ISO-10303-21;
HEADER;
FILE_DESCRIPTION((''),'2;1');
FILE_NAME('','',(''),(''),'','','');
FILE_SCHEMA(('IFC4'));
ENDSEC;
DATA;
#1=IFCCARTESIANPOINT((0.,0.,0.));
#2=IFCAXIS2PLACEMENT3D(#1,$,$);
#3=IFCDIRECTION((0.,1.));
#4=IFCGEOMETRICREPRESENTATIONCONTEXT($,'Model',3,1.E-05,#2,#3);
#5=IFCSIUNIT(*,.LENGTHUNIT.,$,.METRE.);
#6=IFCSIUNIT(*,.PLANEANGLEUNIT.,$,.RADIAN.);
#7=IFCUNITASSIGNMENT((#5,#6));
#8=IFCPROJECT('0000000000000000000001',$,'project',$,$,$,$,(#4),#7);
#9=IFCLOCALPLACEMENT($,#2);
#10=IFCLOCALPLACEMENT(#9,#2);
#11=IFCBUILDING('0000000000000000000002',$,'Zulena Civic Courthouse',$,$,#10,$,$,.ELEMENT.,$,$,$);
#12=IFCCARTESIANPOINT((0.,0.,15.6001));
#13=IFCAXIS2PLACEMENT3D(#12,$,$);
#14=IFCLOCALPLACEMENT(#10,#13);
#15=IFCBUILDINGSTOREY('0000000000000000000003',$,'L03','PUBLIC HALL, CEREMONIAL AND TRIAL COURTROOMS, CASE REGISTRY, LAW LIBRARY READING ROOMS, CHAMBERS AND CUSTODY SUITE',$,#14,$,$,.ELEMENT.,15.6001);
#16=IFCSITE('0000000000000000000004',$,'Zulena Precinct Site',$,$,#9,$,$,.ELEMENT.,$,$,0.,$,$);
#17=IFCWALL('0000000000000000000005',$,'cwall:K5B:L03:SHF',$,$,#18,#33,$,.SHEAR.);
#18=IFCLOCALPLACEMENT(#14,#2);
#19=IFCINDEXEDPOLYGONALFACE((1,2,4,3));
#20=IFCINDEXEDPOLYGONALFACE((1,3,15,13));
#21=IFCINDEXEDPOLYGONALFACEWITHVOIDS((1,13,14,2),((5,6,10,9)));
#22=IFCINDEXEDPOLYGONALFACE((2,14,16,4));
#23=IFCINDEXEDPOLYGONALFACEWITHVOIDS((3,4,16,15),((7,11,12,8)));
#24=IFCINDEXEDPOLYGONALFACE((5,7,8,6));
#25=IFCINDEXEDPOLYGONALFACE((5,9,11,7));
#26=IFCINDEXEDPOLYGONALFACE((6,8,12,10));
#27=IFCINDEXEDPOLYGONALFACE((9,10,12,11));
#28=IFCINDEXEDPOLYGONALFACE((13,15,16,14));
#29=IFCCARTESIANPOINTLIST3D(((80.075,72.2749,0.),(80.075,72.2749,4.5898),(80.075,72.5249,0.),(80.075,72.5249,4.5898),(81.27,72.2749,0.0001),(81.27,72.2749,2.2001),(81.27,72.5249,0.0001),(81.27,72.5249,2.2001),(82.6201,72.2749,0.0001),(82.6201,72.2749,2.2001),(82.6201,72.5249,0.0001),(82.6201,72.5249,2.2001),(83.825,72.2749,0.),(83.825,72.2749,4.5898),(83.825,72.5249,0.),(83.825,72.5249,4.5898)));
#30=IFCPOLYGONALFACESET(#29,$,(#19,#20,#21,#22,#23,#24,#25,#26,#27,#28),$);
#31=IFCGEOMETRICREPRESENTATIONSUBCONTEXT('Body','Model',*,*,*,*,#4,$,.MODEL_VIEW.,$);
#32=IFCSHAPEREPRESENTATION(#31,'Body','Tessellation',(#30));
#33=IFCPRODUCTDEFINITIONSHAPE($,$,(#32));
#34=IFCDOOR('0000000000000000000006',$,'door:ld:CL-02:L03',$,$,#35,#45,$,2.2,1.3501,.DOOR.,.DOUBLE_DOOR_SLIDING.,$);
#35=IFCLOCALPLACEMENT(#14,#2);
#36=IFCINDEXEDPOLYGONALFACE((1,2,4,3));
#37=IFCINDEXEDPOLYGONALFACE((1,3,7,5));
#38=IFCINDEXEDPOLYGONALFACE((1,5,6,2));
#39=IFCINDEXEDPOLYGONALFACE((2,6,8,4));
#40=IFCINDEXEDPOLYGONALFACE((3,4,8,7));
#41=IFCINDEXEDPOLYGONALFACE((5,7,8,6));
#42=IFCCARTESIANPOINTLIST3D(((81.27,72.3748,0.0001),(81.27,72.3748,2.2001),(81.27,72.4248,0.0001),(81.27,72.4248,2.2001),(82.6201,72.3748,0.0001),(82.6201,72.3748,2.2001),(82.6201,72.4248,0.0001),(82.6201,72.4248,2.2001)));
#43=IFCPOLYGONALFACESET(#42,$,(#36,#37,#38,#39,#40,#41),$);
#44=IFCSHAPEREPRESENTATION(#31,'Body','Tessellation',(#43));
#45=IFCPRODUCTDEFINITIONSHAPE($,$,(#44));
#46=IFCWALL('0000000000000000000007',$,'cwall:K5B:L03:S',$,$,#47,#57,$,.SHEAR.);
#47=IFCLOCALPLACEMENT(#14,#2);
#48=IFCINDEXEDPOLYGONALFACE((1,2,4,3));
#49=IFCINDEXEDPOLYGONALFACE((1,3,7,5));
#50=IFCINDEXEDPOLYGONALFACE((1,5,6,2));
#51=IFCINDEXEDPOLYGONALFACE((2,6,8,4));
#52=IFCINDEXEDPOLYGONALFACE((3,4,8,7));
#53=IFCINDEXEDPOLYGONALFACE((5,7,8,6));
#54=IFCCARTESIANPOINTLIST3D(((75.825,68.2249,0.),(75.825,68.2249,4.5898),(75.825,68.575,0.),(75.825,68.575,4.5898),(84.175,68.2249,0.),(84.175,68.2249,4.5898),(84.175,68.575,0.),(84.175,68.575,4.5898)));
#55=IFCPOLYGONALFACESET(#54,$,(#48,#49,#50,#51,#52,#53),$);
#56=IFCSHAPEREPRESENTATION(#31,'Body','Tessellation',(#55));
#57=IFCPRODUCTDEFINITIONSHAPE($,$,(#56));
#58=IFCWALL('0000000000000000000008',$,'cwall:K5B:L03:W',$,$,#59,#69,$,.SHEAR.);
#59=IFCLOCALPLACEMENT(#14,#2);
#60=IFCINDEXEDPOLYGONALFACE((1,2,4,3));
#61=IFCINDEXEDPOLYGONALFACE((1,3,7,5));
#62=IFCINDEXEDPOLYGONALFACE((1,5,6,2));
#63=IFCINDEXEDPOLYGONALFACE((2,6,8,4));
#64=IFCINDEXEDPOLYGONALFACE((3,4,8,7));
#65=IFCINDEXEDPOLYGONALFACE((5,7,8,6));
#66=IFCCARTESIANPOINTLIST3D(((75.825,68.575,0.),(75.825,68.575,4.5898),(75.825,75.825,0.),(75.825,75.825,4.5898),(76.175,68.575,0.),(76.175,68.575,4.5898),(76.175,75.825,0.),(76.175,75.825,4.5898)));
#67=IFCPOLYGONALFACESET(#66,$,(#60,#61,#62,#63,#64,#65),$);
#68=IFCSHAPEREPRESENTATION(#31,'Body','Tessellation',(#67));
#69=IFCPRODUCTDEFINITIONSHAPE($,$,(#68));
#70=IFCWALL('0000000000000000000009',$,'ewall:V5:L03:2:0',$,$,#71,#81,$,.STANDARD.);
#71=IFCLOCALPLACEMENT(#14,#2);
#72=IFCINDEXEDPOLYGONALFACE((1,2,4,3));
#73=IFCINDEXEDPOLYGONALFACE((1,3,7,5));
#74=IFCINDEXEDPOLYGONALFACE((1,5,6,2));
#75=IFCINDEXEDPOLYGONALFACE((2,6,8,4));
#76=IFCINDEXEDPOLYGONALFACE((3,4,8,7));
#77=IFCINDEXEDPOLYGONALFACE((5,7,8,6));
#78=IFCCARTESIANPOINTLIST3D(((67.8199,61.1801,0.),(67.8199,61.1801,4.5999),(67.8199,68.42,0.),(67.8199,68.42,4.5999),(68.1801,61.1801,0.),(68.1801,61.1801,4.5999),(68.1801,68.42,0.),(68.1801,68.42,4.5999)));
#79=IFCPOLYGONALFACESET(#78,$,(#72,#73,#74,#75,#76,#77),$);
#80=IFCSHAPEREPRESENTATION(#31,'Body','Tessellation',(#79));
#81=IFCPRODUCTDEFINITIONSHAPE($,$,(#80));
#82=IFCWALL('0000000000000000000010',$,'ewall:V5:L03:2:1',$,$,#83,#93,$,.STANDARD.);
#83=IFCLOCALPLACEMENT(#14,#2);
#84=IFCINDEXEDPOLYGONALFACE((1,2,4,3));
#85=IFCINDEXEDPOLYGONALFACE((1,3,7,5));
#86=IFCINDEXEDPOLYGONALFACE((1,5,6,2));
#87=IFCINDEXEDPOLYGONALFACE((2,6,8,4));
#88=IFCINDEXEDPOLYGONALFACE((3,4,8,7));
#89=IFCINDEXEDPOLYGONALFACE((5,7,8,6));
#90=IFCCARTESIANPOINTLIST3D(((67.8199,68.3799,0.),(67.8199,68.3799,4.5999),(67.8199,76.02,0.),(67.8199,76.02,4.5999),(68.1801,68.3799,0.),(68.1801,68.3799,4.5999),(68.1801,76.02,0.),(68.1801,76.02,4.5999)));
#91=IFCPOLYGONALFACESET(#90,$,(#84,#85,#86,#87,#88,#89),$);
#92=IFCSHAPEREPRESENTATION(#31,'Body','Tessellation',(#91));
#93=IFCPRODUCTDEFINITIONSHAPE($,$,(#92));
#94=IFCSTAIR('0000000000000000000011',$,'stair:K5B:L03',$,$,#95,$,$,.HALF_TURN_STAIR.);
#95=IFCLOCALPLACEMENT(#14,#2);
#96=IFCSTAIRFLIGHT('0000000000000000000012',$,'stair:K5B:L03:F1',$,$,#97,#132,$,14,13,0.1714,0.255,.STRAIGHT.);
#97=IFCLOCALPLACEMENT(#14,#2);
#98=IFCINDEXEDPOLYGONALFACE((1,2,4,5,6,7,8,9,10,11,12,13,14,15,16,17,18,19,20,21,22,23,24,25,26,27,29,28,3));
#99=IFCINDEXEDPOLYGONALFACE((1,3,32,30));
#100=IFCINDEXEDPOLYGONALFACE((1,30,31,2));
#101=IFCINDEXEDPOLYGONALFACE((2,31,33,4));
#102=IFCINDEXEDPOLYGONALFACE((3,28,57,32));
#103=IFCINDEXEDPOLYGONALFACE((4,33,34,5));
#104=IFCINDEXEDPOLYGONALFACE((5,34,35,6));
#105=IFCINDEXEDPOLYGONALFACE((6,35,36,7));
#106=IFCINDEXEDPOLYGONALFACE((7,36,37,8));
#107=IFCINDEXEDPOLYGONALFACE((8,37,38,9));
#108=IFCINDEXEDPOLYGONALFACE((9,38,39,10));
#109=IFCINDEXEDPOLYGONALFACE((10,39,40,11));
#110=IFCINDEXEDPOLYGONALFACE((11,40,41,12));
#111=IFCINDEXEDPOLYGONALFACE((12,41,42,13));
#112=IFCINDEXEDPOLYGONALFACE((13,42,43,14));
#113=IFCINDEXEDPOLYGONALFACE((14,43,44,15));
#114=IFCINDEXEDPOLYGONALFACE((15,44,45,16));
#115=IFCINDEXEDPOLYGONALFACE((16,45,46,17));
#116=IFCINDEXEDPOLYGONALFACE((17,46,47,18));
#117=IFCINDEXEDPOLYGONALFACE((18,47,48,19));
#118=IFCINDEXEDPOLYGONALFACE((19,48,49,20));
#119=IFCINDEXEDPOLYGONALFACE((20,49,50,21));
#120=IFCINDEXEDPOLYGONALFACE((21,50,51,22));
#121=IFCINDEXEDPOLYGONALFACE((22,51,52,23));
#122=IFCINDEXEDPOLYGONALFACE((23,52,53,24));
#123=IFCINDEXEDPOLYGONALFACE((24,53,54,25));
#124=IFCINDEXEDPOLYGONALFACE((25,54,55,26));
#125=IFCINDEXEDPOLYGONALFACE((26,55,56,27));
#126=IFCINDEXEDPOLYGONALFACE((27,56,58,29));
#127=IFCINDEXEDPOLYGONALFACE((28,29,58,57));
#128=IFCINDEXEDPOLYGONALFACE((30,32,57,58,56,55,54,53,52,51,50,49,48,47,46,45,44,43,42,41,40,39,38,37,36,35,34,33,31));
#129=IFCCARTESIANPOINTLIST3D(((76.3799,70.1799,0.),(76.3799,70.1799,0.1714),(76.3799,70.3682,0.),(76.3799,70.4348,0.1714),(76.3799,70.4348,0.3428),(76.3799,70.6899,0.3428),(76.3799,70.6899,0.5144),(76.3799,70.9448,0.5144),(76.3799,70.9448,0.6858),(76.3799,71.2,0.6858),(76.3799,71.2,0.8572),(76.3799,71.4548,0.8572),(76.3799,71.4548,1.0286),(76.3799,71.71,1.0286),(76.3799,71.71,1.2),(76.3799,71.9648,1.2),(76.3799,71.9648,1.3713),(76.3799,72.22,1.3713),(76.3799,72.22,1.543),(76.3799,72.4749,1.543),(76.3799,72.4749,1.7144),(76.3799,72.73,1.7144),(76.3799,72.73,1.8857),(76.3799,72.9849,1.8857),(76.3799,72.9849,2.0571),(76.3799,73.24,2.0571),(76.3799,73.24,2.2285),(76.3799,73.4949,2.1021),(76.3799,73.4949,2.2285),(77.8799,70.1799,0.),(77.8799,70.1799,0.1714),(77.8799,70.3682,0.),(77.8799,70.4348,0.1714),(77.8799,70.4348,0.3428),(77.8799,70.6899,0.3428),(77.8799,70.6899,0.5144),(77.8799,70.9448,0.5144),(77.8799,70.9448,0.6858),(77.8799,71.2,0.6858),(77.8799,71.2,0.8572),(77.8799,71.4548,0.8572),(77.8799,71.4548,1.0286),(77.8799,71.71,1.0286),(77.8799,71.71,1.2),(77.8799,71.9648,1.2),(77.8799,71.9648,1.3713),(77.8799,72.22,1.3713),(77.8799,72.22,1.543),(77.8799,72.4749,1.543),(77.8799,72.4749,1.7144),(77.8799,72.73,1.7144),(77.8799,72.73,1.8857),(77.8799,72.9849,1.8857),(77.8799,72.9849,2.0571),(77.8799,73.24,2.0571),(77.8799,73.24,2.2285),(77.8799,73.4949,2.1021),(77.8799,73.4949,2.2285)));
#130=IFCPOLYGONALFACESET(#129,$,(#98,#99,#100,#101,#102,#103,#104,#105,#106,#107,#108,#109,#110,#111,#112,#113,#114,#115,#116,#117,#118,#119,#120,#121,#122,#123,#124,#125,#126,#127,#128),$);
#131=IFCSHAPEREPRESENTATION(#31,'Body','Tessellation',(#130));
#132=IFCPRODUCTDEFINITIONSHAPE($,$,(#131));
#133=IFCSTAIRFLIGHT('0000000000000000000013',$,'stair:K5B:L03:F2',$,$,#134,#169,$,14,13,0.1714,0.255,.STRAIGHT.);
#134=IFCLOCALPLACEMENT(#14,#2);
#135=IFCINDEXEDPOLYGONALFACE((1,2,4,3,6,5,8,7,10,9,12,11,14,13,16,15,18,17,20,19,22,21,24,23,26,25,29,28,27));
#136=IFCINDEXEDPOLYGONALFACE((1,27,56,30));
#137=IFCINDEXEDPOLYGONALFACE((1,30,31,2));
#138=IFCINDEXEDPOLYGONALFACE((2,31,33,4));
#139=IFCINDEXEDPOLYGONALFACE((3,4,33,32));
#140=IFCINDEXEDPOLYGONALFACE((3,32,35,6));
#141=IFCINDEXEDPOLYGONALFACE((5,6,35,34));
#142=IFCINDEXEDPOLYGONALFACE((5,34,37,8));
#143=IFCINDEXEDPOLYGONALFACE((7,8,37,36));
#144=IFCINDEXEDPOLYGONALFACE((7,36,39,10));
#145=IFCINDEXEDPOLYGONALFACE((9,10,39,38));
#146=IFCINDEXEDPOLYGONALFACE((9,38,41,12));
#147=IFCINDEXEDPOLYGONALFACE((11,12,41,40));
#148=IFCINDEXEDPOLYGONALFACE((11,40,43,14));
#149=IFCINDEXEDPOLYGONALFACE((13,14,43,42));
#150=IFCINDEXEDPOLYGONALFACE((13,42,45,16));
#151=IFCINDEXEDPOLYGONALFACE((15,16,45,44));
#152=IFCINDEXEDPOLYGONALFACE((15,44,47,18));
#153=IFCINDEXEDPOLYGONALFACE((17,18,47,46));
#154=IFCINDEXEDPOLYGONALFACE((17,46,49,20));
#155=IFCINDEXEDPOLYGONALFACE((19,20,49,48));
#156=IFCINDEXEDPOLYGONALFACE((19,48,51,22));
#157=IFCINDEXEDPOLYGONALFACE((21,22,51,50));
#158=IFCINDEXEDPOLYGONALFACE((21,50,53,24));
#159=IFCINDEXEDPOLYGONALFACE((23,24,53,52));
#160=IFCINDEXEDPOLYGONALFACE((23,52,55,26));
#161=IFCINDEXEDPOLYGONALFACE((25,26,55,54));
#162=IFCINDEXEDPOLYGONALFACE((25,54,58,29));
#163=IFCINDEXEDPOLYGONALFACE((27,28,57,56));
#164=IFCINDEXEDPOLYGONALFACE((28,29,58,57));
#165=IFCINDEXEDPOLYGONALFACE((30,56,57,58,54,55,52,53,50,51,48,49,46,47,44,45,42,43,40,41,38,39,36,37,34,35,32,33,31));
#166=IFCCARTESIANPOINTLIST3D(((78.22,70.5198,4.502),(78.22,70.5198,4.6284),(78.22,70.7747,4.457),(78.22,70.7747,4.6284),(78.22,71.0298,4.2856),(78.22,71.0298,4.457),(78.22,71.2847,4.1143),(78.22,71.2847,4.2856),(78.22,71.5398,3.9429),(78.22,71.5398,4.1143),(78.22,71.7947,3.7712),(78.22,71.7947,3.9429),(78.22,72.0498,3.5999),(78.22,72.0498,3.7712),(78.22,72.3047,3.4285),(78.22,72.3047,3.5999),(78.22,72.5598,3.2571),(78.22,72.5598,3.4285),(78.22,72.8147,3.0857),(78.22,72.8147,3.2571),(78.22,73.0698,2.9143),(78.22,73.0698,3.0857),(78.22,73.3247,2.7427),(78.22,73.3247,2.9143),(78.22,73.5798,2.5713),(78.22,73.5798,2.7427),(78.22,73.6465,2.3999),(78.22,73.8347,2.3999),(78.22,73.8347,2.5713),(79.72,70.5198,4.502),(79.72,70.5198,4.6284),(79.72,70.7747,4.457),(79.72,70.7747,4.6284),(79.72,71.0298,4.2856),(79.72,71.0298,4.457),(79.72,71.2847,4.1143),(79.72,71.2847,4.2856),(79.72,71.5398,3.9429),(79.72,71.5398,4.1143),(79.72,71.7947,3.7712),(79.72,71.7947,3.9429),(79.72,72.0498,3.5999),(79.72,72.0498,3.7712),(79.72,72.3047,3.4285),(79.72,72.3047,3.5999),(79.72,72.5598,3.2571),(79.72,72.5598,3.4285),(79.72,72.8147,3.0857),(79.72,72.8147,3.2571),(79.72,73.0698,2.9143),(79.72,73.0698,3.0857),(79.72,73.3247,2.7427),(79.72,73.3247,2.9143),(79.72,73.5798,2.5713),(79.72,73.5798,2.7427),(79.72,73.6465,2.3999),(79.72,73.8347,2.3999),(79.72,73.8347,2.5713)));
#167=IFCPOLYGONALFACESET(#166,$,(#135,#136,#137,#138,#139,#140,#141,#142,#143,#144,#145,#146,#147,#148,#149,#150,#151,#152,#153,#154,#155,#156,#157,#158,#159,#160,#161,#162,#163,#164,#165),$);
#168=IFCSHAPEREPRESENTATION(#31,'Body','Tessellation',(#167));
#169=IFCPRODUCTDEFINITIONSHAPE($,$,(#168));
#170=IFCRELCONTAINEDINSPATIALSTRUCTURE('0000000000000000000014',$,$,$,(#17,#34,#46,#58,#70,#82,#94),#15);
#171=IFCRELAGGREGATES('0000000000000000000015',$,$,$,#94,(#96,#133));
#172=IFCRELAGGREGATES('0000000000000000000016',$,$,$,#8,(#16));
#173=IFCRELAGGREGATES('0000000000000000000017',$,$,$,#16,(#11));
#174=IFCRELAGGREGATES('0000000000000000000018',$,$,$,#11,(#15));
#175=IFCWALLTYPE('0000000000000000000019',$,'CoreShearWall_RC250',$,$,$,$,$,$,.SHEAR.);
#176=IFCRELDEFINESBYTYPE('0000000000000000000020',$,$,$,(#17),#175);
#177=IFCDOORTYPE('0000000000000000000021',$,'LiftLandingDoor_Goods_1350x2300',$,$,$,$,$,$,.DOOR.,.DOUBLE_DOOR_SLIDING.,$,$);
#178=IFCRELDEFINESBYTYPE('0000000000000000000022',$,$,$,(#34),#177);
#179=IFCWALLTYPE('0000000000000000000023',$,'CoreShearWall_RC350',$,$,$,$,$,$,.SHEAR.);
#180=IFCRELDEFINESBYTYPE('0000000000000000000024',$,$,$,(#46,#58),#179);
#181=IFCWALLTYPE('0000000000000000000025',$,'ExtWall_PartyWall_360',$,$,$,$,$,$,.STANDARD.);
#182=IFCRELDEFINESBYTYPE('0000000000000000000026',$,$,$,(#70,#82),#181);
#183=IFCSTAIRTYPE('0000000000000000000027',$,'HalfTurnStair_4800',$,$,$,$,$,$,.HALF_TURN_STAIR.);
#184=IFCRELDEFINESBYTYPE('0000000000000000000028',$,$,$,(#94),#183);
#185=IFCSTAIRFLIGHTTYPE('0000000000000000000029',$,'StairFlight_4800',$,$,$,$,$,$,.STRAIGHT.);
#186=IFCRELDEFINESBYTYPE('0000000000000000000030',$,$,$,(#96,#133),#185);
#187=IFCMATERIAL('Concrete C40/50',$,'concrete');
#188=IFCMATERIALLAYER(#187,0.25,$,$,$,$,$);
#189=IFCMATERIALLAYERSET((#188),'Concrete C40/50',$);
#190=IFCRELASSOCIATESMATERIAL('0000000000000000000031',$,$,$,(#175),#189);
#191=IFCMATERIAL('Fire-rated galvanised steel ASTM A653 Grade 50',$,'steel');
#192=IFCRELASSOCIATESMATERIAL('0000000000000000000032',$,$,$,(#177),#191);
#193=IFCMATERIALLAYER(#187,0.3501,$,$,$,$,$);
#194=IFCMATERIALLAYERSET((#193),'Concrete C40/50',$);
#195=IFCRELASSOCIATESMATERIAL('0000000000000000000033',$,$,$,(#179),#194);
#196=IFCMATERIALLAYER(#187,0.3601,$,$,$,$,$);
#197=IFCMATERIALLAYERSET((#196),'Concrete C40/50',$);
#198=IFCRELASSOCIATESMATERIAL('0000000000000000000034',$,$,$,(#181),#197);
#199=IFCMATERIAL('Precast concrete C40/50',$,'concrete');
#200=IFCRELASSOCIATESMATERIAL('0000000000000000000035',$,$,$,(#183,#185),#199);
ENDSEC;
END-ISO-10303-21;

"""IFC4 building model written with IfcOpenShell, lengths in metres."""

from ifc_helpers import new_model, si_unit, direction, frame, frame_2d, origin, place, context, subcontext, project, spatial, polyline, rectangle, outline, extrude, material, layer, layer_set, type_object, element, fill, aggregate, save


model = new_model("IFC4")

# Units and contexts
model_context = context("Model", 3, precision=1e-05, world=origin(), true_north=direction((0.0, 1.0)))
body_context = subcontext(model_context, "Body", "Model", "MODEL_VIEW")
ifc_project = project(units=[si_unit("LENGTHUNIT", "METRE"), si_unit("PLANEANGLEUNIT", "RADIAN")], contexts=[model_context])

# Site, building, storey
site_placement = place(None, origin())
site = spatial("IfcSite", under=ifc_project, at=site_placement, Name="Zulena Precinct Site", CompositionType="ELEMENT", RefElevation=0.0)
building_placement = place(site_placement, origin())
building = spatial("IfcBuilding", under=site, at=building_placement, Name="Zulena Civic Courthouse", CompositionType="ELEMENT")
storey_placement = place(building_placement, frame((0.0, 0.0, 15.6001)))
storey = spatial("IfcBuildingStorey", under=building, at=storey_placement, Name="L03", Description="PUBLIC HALL, CEREMONIAL AND TRIAL COURTROOMS, CASE REGISTRY, LAW LIBRARY READING ROOMS, CHAMBERS AND CUSTODY SUITE", CompositionType="ELEMENT", Elevation=15.6001)

# Wall, opening, door
ifc_material_1 = material(Name="Concrete C40/50", Category="concrete")
ifc_layer_1 = layer(ifc_material_1, 0.25)
ifc_layer_set_1 = layer_set([ifc_layer_1], Name="Concrete C40/50")
wall_type_1 = type_object("IfcWallType", Name="CoreShearWall_RC250", PredefinedType="SHEAR", material=ifc_layer_set_1)
ifc_material_2 = material(Name="Fire-rated galvanised steel ASTM A653 Grade 50", Category="steel")
wall_1_placement = place(storey_placement, frame((80.075, 72.3999, 0.0), z_axis=(0.0, 0.0, 1.0), x_axis=(1.0, 0.0, 0.0)))
wall_1 = element("IfcWall", 1, at=wall_1_placement, inside=storey, type_object=wall_type_1, Name="cwall:K5B:L03:SHF", PredefinedType="SHEAR", context=body_context, shape_type="SweptSolid", body=[
    extrude(rectangle(XDim=3.75, YDim=0.25, at=frame_2d((1.875, 0.0))), origin(), (0.0, 0.0, 1.0), 4.5898),
])
opening_1_placement = place(wall_1_placement, frame((1.1951, 0.0, 0.0)))
opening_1 = element("IfcOpeningElement", 2, at=opening_1_placement, cuts=wall_1, PredefinedType="OPENING", context=body_context, shape_type="SweptSolid", body=[
    extrude(rectangle(XDim=1.3501, YDim=2.2, at=frame_2d((0.675, 1.1001))), frame((0.0, 0.135, 0.0), z_axis=(0.0, -1.0, 0.0), x_axis=(1.0, 0.0, 0.0)), (0.0, 0.0, 1.0), 0.27),
])
door_type_1 = type_object("IfcDoorType", Name="LiftLandingDoor_Goods_1350x2300", OperationType="DOUBLE_DOOR_SLIDING", PredefinedType="DOOR", material=ifc_material_2)
door_1_placement = place(opening_1_placement, origin())
door_1 = element("IfcDoor", 3, at=door_1_placement, inside=storey, type_object=door_type_1, Name="door:ld:CL-02:L03", OperationType="DOUBLE_DOOR_SLIDING", OverallHeight=2.2, OverallWidth=1.3501, PredefinedType="DOOR", context=body_context, shape_type="SweptSolid", body=[
    extrude(rectangle(XDim=1.3501, YDim=2.2, at=frame_2d((0.675, 1.1001))), frame((0.0, 0.0249, 0.0), z_axis=(0.0, -1.0, 0.0), x_axis=(1.0, 0.0, 0.0)), (0.0, 0.0, 1.0), 0.05),
])
fill(opening_1, door_1)

# Walls
ifc_layer_2 = layer(ifc_material_1, 0.3501)
ifc_layer_set_2 = layer_set([ifc_layer_2], Name="Concrete C40/50")
wall_type_2 = type_object("IfcWallType", Name="CoreShearWall_RC350", PredefinedType="SHEAR", material=ifc_layer_set_2)
wall_2_placement = place(storey_placement, frame((75.825, 68.3999, 0.0), z_axis=(0.0, 0.0, 1.0), x_axis=(1.0, 0.0, 0.0)))
element("IfcWall", 4, at=wall_2_placement, inside=storey, type_object=wall_type_2, Name="cwall:K5B:L03:S", PredefinedType="SHEAR", context=body_context, shape_type="SweptSolid", body=[
    extrude(rectangle(XDim=8.3501, YDim=0.3501, at=frame_2d((4.175, 0.0))), origin(), (0.0, 0.0, 1.0), 4.5898),
])
wall_3_placement = place(storey_placement, frame((76.0, 68.575, 0.0), z_axis=(0.0, 0.0, 1.0), x_axis=(0.0, 1.0, 0.0)))
element("IfcWall", 5, at=wall_3_placement, inside=storey, type_object=wall_type_2, Name="cwall:K5B:L03:W", PredefinedType="SHEAR", context=body_context, shape_type="SweptSolid", body=[
    extrude(rectangle(XDim=7.25, YDim=0.3501, at=frame_2d((3.625, 0.0))), origin(), (0.0, 0.0, 1.0), 4.5898),
])
ifc_layer_3 = layer(ifc_material_1, 0.3601)
ifc_layer_set_3 = layer_set([ifc_layer_3], Name="Concrete C40/50")
wall_type_3 = type_object("IfcWallType", Name="ExtWall_PartyWall_360", PredefinedType="STANDARD", material=ifc_layer_set_3)
wall_4_placement = place(storey_placement, frame((68.0, 61.1799, 0.0), z_axis=(0.0, 0.0, 1.0), x_axis=(0.0, 1.0, 0.0)))
element("IfcWall", 6, at=wall_4_placement, inside=storey, type_object=wall_type_3, Name="ewall:V5:L03:2:0", PredefinedType="STANDARD", context=body_context, shape_type="SweptSolid", body=[
    extrude(rectangle(XDim=7.24, YDim=0.3601, at=frame_2d((3.6201, 0.0))), origin(), (0.0, 0.0, 1.0), 4.5999),
])
wall_5_placement = place(storey_placement, frame((68.0, 68.3799, 0.0), z_axis=(0.0, 0.0, 1.0), x_axis=(0.0, 1.0, 0.0)))
element("IfcWall", 7, at=wall_5_placement, inside=storey, type_object=wall_type_3, Name="ewall:V5:L03:2:1", PredefinedType="STANDARD", context=body_context, shape_type="SweptSolid", body=[
    extrude(rectangle(XDim=7.6401, YDim=0.3601, at=frame_2d((3.8201, 0.0))), origin(), (0.0, 0.0, 1.0), 4.5999),
])

# Stair, stair flights
ifc_material_3 = material(Name="Precast concrete C40/50", Category="concrete")
stair_type = type_object("IfcStairType", Name="HalfTurnStair_4800", PredefinedType="HALF_TURN_STAIR", material=ifc_material_3)
stair_placement = place(storey_placement, origin())
stair = element("IfcStair", 8, at=stair_placement, inside=storey, type_object=stair_type, Name="stair:K5B:L03", PredefinedType="HALF_TURN_STAIR")
stair_flight_type = type_object("IfcStairFlightType", Name="StairFlight_4800", PredefinedType="STRAIGHT", material=ifc_material_3)
stair_flight_1_placement = place(storey_placement, frame((77.1299, 70.1799, 0.0), z_axis=(0.0, 0.0, 1.0), x_axis=(0.0, 1.0, 0.0)))
stair_flight_1 = element("IfcStairFlight", 9, at=stair_flight_1_placement, type_object=stair_flight_type, Name="stair:K5B:L03:F1", NumberOfRisers=14, NumberOfTreads=13, PredefinedType="STRAIGHT", RiserHeight=0.1714, TreadLength=0.255, context=body_context, shape_type="SweptSolid", body=[
    extrude(outline(polyline([(0.0, 0.0), (0.0, 0.1714), (0.2549, 0.1714), (0.2549, 0.3428), (0.51, 0.3428), (0.51, 0.5144), (0.7649, 0.5144), (0.7649, 0.6858), (1.02, 0.6858), (1.02, 0.8572), (1.2749, 0.8572), (1.2749, 1.0286), (1.53, 1.0286), (1.53, 1.2), (1.7849, 1.2), (1.7849, 1.3713), (2.04, 1.3713), (2.04, 1.543), (2.2949, 1.543), (2.2949, 1.7144), (2.55, 1.7144), (2.55, 1.8857), (2.8049, 1.8857), (2.8049, 2.0571), (3.0601, 2.0571), (3.0601, 2.2285), (3.3149, 2.2285), (3.3149, 2.3999), (3.3149, 2.1021), (0.1882, 0.0), (0.0, 0.0)])), frame((0.0, 0.75, 0.0), z_axis=(0.0, -1.0, 0.0), x_axis=(1.0, 0.0, 0.0)), (0.0, 0.0, 1.0), 1.5),
])
stair_flight_2_placement = place(storey_placement, frame((78.97, 73.8347, 2.3999), z_axis=(0.0, 0.0, 1.0), x_axis=(0.0, -1.0, 0.0)))
stair_flight_2 = element("IfcStairFlight", 10, at=stair_flight_2_placement, type_object=stair_flight_type, Name="stair:K5B:L03:F2", NumberOfRisers=14, NumberOfTreads=13, PredefinedType="STRAIGHT", RiserHeight=0.1714, TreadLength=0.255, context=body_context, shape_type="SweptSolid", body=[
    extrude(outline(polyline([(0.0, 0.0), (0.0, 0.1714), (0.2549, 0.1714), (0.2549, 0.3428), (0.51, 0.3428), (0.51, 0.5144), (0.7649, 0.5144), (0.7649, 0.6858), (1.02, 0.6858), (1.02, 0.8572), (1.2749, 0.8572), (1.2749, 1.0286), (1.53, 1.0286), (1.53, 1.2), (1.7849, 1.2), (1.7849, 1.3713), (2.04, 1.3713), (2.04, 1.543), (2.2949, 1.543), (2.2949, 1.7144), (2.55, 1.7144), (2.55, 1.8857), (2.8049, 1.8857), (2.8049, 2.0571), (3.0601, 2.0571), (3.0601, 2.2285), (3.3149, 2.2285), (3.3149, 2.3999), (3.3149, 2.1021), (0.1882, 0.0), (0.0, 0.0)])), frame((0.0, 0.75, 0.0), z_axis=(0.0, -1.0, 0.0), x_axis=(1.0, 0.0, 0.0)), (0.0, 0.0, 1.0), 1.5),
])
aggregate(stair, [stair_flight_1, stair_flight_2])

save(model, "model.ifc")
